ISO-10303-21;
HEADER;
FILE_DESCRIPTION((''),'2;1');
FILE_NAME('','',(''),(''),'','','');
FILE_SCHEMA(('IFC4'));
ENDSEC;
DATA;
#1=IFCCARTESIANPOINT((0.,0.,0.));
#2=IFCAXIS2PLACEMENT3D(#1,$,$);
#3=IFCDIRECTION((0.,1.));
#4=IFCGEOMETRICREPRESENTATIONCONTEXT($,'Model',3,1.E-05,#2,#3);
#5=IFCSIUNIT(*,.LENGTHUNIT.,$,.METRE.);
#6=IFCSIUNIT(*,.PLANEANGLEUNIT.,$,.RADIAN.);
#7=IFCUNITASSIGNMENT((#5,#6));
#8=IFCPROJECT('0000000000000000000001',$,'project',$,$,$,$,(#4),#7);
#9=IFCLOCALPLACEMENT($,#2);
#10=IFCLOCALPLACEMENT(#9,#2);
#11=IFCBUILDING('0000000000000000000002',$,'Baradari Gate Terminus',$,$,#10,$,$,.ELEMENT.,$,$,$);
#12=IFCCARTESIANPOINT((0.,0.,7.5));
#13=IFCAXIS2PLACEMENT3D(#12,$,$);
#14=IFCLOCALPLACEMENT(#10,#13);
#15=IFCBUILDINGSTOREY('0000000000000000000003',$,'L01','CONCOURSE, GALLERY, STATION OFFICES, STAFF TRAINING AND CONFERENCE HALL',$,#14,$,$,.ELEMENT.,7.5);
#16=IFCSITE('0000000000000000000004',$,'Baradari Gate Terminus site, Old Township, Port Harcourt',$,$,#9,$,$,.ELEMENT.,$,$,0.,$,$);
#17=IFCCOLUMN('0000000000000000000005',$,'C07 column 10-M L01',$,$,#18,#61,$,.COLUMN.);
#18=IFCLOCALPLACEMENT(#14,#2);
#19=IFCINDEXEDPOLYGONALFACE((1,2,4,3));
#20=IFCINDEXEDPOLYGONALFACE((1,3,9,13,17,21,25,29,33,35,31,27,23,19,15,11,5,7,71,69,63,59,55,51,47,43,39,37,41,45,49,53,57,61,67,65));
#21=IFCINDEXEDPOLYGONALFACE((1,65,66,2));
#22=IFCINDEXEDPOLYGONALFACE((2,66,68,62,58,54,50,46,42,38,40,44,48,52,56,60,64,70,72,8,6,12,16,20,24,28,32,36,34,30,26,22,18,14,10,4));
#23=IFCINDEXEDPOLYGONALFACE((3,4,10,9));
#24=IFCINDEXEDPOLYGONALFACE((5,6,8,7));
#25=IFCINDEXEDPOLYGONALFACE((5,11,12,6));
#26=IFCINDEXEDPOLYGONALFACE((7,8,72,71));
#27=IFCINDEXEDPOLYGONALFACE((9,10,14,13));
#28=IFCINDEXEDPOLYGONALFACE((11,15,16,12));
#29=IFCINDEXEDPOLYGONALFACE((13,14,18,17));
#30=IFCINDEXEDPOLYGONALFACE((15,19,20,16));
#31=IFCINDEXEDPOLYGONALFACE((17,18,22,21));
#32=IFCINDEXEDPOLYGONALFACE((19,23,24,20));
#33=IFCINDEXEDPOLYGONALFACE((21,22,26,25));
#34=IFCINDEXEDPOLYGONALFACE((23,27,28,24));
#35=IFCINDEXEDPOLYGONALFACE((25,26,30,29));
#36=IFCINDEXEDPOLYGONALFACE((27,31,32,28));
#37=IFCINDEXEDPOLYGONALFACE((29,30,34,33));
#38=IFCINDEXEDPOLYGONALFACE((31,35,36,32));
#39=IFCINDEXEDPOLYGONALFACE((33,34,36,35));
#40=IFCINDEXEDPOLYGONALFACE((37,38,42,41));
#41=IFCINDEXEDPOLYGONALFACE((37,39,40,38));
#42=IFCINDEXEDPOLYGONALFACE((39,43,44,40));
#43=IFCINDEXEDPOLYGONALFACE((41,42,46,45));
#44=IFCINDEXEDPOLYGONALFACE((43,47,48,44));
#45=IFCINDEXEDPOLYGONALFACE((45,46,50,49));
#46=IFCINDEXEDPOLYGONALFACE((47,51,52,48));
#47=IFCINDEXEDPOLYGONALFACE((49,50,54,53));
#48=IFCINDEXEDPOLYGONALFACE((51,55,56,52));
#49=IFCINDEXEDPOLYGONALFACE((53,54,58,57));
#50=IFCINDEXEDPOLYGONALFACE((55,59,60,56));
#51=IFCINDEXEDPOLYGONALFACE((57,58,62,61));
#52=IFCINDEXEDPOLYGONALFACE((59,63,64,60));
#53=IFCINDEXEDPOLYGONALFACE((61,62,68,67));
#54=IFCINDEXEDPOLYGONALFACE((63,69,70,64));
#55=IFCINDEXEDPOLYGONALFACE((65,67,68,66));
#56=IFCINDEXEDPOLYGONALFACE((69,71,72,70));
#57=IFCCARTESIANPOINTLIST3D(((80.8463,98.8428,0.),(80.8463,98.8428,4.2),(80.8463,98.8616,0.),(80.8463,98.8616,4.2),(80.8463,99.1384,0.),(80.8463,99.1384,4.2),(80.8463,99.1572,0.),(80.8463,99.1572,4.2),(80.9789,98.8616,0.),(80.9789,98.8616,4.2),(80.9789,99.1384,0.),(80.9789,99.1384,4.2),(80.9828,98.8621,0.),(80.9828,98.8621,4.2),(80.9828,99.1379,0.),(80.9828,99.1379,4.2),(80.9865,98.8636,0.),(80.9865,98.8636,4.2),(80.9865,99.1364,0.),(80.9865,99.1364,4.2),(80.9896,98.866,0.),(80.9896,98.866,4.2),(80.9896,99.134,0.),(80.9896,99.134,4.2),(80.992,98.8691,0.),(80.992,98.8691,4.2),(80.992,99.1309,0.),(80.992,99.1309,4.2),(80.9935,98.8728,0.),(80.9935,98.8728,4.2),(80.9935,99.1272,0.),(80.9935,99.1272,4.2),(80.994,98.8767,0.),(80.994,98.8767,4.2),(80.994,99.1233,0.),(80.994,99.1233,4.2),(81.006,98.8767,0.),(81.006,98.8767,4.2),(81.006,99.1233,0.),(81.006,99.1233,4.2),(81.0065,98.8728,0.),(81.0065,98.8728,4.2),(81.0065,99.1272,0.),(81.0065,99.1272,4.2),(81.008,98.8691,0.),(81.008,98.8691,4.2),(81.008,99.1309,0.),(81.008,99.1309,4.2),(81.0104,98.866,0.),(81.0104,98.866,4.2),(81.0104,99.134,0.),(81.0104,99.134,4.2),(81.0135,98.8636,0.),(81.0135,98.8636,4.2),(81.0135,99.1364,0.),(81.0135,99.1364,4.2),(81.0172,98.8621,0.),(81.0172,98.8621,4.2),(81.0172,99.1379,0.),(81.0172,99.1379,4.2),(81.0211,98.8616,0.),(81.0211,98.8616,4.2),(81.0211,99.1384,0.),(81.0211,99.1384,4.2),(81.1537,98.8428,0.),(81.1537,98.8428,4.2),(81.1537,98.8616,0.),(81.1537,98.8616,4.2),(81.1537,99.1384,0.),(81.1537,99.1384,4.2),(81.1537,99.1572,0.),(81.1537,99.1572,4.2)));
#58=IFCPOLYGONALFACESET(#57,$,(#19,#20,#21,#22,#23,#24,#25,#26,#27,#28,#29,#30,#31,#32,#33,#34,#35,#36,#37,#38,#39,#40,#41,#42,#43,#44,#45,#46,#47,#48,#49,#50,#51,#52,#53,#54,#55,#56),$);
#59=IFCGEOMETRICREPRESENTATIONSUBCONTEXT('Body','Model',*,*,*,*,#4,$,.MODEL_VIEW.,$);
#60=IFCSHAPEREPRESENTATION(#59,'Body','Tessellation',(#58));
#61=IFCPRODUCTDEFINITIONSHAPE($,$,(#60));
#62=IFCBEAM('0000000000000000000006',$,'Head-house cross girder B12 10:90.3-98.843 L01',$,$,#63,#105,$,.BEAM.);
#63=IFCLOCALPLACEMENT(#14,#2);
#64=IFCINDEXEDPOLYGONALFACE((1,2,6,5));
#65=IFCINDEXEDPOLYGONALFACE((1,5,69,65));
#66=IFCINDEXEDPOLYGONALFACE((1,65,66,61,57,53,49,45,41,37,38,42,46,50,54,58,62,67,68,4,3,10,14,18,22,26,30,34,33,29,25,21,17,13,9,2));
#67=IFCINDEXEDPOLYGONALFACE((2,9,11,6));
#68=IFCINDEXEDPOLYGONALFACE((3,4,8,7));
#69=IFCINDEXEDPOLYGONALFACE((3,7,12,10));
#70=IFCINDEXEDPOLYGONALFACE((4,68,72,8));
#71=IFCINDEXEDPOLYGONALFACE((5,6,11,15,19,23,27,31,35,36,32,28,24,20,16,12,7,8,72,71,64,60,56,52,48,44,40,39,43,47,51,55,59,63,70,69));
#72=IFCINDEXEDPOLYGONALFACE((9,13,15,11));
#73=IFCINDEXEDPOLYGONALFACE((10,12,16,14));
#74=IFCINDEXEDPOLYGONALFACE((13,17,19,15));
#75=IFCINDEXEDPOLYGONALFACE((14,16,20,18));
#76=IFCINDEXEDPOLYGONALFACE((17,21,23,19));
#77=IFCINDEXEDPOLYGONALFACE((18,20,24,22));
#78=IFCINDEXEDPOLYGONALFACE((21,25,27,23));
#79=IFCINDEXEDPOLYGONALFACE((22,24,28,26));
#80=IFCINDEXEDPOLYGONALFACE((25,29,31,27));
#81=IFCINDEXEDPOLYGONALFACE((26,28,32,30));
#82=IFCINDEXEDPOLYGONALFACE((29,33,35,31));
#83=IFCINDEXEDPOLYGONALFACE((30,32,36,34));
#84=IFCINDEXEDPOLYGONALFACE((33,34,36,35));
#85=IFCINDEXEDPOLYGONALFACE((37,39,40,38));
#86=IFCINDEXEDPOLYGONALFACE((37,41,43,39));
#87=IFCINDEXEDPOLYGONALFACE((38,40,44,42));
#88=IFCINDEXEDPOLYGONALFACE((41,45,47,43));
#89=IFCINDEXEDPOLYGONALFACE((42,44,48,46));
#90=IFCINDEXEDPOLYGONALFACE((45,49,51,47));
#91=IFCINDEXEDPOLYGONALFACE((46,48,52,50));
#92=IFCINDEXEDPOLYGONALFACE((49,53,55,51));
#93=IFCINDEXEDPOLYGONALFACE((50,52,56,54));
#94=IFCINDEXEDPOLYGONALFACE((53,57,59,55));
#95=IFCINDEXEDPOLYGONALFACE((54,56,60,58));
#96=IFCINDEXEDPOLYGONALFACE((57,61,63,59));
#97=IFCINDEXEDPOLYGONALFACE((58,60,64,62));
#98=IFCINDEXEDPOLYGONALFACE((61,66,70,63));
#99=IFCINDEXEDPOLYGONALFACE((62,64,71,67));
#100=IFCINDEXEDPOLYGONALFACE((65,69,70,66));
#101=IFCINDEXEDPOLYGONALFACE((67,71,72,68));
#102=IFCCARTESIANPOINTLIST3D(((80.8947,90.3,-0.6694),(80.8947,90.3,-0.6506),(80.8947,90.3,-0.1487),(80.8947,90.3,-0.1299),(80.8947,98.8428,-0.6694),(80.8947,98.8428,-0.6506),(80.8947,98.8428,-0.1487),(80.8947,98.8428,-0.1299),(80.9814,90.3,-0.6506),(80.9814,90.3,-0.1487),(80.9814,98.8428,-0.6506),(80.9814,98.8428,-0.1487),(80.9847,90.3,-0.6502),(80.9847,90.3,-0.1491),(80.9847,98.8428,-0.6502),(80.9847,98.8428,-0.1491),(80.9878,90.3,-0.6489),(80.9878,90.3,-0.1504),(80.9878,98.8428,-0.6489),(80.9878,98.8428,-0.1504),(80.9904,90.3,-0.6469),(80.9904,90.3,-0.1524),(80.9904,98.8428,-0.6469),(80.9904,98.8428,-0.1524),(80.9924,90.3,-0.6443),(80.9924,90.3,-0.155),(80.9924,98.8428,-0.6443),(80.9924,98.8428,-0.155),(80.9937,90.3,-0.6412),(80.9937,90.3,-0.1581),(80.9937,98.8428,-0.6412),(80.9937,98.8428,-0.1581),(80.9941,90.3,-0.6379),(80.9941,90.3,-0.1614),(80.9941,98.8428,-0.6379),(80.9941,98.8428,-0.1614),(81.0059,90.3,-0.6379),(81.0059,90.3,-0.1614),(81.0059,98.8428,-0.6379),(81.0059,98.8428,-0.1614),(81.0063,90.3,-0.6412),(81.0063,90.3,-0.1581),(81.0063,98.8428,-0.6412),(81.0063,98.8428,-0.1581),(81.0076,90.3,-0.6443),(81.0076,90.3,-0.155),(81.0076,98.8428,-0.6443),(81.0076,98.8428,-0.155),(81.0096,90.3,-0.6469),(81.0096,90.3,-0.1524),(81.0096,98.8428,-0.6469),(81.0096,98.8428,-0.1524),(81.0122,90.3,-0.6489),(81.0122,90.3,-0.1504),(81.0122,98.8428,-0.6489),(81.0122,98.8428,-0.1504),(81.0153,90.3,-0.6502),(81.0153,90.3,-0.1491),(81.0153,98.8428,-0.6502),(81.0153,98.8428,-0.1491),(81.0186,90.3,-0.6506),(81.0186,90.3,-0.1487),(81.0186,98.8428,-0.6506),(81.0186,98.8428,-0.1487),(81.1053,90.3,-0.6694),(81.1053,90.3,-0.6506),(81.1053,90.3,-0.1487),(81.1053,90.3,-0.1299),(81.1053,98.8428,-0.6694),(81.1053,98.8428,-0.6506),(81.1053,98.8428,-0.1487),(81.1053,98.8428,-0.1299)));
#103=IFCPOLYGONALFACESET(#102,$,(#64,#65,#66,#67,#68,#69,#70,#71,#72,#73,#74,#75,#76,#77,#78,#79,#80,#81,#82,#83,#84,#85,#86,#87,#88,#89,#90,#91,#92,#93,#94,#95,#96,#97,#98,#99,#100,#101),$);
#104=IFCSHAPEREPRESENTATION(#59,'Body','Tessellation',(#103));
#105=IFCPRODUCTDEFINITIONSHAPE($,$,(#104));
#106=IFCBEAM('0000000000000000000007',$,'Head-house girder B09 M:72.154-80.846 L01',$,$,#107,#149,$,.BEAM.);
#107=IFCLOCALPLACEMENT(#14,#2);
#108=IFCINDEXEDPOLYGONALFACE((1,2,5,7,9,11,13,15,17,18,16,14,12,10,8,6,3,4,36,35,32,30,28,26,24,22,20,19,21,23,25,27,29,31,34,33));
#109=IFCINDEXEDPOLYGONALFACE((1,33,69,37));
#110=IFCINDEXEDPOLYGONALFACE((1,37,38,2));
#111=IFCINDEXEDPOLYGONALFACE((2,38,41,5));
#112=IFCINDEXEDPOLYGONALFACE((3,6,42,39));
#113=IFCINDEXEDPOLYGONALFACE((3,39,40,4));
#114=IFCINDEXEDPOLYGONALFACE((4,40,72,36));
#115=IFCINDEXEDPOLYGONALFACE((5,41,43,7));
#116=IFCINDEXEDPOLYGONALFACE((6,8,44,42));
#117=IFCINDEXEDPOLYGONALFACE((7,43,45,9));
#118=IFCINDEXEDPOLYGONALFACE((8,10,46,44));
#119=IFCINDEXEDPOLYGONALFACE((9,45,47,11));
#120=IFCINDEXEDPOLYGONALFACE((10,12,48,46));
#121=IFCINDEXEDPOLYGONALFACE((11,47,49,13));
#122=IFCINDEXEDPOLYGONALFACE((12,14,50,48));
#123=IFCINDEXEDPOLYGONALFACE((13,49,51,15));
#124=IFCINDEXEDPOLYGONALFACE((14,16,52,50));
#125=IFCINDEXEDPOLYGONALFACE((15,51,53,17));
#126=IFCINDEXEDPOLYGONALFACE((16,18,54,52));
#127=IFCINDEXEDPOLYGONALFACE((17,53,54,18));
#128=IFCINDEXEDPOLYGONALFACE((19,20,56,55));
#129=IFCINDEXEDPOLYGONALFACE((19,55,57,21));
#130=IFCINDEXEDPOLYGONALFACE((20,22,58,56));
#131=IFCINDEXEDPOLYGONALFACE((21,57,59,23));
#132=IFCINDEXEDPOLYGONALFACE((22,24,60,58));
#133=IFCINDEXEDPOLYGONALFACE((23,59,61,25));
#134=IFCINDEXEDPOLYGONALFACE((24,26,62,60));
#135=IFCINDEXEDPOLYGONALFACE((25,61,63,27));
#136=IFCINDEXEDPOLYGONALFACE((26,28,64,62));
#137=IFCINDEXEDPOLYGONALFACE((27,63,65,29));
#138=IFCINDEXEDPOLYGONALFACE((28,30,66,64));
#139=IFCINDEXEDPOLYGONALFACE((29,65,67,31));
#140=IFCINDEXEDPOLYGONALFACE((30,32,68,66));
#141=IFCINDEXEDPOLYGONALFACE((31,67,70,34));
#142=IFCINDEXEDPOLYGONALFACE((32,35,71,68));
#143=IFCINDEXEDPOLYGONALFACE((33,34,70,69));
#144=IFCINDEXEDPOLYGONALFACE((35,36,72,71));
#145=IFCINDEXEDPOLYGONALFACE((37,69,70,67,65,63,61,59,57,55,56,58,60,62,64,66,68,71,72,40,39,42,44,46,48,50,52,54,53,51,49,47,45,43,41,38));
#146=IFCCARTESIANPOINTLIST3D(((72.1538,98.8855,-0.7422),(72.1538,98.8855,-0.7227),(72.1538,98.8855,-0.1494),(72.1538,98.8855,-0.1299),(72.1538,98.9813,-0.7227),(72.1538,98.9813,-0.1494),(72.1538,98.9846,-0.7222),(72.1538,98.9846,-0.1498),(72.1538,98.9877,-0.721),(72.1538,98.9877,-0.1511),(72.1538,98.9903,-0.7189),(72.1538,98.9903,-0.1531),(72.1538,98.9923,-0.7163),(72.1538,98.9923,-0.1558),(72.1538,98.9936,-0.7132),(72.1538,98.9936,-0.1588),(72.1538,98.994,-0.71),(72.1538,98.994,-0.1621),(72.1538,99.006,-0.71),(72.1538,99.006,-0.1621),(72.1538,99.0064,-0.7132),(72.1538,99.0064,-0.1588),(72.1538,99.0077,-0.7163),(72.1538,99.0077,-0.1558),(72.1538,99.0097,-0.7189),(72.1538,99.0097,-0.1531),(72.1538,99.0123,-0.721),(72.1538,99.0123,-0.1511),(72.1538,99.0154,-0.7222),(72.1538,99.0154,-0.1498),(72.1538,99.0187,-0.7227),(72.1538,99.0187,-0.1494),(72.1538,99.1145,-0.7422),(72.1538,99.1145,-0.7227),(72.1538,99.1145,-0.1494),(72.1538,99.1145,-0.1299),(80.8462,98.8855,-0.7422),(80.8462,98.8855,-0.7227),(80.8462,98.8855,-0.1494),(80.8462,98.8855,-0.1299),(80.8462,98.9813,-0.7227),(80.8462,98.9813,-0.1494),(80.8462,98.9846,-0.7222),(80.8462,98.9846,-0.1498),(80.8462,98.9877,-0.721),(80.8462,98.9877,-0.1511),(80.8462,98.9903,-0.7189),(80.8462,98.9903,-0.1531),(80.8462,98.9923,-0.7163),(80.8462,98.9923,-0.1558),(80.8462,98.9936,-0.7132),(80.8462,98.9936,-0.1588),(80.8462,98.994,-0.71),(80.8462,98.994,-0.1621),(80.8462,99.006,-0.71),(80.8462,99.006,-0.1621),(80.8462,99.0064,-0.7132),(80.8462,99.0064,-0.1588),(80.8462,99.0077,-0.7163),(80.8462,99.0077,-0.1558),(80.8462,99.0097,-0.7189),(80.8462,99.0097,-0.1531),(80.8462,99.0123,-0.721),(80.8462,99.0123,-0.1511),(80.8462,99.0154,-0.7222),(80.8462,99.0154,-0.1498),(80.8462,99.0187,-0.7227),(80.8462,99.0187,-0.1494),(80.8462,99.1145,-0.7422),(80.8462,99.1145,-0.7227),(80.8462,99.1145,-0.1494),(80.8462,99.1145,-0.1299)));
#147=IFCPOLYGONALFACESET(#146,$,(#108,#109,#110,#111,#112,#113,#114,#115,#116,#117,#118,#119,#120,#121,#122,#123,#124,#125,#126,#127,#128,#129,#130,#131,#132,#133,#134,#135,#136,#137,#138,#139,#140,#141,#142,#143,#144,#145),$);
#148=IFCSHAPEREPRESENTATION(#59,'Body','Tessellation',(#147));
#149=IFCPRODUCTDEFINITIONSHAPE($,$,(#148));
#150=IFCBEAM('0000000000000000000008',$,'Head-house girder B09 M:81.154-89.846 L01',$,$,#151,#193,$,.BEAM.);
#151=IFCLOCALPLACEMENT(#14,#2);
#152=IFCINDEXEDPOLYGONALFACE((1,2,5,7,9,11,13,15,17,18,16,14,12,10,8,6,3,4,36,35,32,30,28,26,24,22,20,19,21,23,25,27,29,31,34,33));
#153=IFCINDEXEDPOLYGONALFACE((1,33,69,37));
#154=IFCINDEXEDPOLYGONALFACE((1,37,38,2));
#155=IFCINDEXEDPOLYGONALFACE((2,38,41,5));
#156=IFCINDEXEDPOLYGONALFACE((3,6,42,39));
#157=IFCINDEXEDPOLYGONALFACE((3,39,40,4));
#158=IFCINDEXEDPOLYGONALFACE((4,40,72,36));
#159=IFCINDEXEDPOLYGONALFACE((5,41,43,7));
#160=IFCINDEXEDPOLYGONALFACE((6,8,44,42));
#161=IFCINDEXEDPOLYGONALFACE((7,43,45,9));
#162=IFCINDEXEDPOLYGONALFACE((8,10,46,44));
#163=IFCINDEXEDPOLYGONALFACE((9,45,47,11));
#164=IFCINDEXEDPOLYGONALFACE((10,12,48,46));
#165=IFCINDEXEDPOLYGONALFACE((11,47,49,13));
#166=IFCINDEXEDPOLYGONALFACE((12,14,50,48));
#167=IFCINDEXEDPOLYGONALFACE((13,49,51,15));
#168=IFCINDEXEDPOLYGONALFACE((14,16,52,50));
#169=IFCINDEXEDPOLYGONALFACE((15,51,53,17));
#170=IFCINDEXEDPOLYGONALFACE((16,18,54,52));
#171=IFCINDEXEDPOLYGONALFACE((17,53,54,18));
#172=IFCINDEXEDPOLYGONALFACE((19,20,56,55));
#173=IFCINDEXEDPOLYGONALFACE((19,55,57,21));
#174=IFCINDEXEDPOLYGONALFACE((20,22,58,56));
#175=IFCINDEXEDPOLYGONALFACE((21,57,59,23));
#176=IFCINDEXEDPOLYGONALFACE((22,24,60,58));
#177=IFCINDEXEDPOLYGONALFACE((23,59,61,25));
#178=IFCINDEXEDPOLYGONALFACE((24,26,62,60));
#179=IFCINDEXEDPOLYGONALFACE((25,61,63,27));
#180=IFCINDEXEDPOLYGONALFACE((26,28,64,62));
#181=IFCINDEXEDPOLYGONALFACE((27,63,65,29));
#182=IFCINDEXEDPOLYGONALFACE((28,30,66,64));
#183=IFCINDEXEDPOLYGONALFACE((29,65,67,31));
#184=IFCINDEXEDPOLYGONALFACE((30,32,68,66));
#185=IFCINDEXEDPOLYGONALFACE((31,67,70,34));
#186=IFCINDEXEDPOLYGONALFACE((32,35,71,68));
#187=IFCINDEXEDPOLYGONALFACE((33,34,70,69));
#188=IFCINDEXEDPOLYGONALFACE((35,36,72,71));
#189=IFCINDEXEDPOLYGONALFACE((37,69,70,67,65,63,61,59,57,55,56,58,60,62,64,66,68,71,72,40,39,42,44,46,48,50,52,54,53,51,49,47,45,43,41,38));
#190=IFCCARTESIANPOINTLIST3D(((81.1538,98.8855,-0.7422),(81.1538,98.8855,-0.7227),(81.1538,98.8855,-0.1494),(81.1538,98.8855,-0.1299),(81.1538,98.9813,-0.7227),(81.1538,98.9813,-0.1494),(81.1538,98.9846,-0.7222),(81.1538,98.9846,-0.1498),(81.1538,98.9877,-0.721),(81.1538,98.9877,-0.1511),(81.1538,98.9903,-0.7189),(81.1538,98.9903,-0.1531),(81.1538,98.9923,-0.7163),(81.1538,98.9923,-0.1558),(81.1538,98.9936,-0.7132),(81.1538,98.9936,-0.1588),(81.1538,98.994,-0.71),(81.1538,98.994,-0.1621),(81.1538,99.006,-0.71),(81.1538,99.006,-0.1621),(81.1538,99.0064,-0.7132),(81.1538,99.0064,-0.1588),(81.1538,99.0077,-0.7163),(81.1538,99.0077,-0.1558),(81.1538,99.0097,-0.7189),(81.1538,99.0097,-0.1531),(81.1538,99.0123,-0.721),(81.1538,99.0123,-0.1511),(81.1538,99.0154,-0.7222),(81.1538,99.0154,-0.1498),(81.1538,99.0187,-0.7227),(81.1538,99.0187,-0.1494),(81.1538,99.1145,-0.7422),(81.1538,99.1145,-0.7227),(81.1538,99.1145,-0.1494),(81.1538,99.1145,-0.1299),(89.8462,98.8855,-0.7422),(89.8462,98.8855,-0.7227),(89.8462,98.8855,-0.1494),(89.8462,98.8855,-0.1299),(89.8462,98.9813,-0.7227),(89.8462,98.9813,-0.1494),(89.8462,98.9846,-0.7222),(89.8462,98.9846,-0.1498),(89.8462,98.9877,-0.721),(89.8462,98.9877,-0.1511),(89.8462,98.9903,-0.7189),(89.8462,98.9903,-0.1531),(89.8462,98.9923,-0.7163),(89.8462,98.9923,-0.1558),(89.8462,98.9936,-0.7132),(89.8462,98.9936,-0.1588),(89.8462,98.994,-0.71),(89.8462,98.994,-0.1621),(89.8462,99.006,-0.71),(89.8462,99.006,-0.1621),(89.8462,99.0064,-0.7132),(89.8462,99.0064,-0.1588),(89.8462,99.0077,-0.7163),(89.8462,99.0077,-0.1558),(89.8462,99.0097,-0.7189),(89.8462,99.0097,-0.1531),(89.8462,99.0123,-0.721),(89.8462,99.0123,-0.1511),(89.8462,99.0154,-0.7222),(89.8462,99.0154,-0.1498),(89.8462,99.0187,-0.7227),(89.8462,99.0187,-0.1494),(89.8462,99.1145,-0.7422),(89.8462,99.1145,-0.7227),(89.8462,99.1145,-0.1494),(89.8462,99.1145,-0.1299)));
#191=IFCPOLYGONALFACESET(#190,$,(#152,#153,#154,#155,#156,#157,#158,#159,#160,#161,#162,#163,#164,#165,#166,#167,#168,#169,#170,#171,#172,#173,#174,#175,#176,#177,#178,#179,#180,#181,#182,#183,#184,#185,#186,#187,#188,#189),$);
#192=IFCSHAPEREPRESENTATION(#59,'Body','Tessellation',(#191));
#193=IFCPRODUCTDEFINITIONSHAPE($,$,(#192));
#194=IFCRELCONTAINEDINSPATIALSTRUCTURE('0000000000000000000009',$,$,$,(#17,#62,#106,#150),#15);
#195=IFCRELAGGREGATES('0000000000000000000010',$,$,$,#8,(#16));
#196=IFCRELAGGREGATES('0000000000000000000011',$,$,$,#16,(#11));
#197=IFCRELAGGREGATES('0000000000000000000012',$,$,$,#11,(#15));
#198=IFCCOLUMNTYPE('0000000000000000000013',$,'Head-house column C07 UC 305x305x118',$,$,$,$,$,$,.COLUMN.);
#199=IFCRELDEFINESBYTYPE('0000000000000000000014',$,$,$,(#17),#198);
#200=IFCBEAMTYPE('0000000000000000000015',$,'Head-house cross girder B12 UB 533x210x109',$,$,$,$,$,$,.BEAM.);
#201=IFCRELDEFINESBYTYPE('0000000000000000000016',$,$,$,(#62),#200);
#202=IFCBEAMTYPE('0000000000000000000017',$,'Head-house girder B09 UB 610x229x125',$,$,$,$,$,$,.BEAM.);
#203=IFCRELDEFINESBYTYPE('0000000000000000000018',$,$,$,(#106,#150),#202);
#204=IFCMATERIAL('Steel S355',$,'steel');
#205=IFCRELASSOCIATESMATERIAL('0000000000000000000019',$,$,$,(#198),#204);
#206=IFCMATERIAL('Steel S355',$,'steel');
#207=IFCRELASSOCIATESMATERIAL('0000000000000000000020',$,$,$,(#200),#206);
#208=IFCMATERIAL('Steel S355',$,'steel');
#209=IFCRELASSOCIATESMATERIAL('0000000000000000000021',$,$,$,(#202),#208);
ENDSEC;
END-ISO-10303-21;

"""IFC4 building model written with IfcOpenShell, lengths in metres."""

from ifc_helpers import new_model, si_unit, direction, frame, origin, origin_2d, place, context, subcontext, project, spatial, i_section, extrude, material, material_profile, profile_set, type_object, element, save


model = new_model("IFC4")

# Units and contexts
model_context = context("Model", 3, precision=1e-05, world=origin(), true_north=direction((0.0, 1.0)))
body_context = subcontext(model_context, "Body", "Model", "MODEL_VIEW")
ifc_project = project(units=[si_unit("LENGTHUNIT", "METRE"), si_unit("PLANEANGLEUNIT", "RADIAN")], contexts=[model_context])

# Site, building, storey
site_placement = place(None, origin())
site = spatial("IfcSite", under=ifc_project, at=site_placement, Name="Baradari Gate Terminus site, Old Township, Port Harcourt", CompositionType="ELEMENT", RefElevation=0.0)
building_placement = place(site_placement, origin())
building = spatial("IfcBuilding", under=site, at=building_placement, Name="Baradari Gate Terminus", CompositionType="ELEMENT")
storey_placement = place(building_placement, frame((0.0, 0.0, 7.5)))
storey = spatial("IfcBuildingStorey", under=building, at=storey_placement, Name="L01", Description="CONCOURSE, GALLERY, STATION OFFICES, STAFF TRAINING AND CONFERENCE HALL", CompositionType="ELEMENT", Elevation=7.5)

# Column
ifc_material_1 = material(Name="Steel S355", Category="steel")
ifc_material_profile_1 = material_profile(ifc_material_1, i_section(OverallWidth=0.3074, OverallDepth=0.3145, WebThickness=0.012, FlangeThickness=0.0188, FilletRadius=0.0151, at=origin_2d()), Name="UC 305x305x118")
ifc_profile_set_1 = profile_set([ifc_material_profile_1], Name="Steel S355")
column_type = type_object("IfcColumnType", Name="Head-house column C07 UC 305x305x118", PredefinedType="COLUMN", material=ifc_profile_set_1)
column_placement = place(storey_placement, frame((81.0, 99.0, 0.0), z_axis=(0.0, 0.0, 1.0), x_axis=(1.0, 0.0, 0.0)))
element("IfcColumn", 1, at=column_placement, inside=storey, type_object=column_type, Name="C07 column 10-M L01", PredefinedType="COLUMN", context=body_context, shape_type="SweptSolid", body=[
    extrude(i_section(OverallWidth=0.3074, OverallDepth=0.3145, WebThickness=0.012, FlangeThickness=0.0188, FilletRadius=0.0151, at=origin_2d()), origin(), (0.0, 0.0, 1.0), 4.2),
])

# Beams
ifc_material_2 = material(Name="Steel S355", Category="steel")
ifc_material_profile_2 = material_profile(ifc_material_2, i_section(OverallWidth=0.2107, OverallDepth=0.5396, WebThickness=0.0117, FlangeThickness=0.0188, FilletRadius=0.0127, at=origin_2d()), Name="UB 533x210x109")
ifc_profile_set_2 = profile_set([ifc_material_profile_2], Name="Steel S355")
beam_type_1 = type_object("IfcBeamType", Name="Head-house cross girder B12 UB 533x210x109", PredefinedType="BEAM", material=ifc_profile_set_2)
beam_1_placement = place(storey_placement, frame((81.0, 90.3, -0.3997), z_axis=(0.0, 1.0, 0.0), x_axis=(-1.0, 0.0, 0.0)))
element("IfcBeam", 2, at=beam_1_placement, inside=storey, type_object=beam_type_1, Name="Head-house cross girder B12 10:90.3-98.843 L01", PredefinedType="BEAM", context=body_context, shape_type="SweptSolid", body=[
    extrude(i_section(OverallWidth=0.2107, OverallDepth=0.5396, WebThickness=0.0117, FlangeThickness=0.0188, FilletRadius=0.0127, at=origin_2d()), origin(), (0.0, 0.0, 1.0), 8.5427),
])
ifc_material_3 = material(Name="Steel S355", Category="steel")
ifc_material_profile_3 = material_profile(ifc_material_3, i_section(OverallWidth=0.229, OverallDepth=0.6123, WebThickness=0.012, FlangeThickness=0.0195, FilletRadius=0.0127, at=origin_2d()), Name="UB 610x229x125")
ifc_profile_set_3 = profile_set([ifc_material_profile_3], Name="Steel S355")
beam_type_2 = type_object("IfcBeamType", Name="Head-house girder B09 UB 610x229x125", PredefinedType="BEAM", material=ifc_profile_set_3)
for number, where, z_axis, x_axis, name in (
    (3, (72.1538, 99.0, -0.436), (1.0, 0.0, 0.0), (0.0, 1.0, 0.0), "Head-house girder B09 M:72.154-80.846 L01"),
    (4, (81.1538, 99.0, -0.436), (1.0, 0.0, 0.0), (0.0, 1.0, 0.0), "Head-house girder B09 M:81.154-89.846 L01"),
):
    element("IfcBeam", number, at=place(storey_placement, frame(where, z_axis=z_axis, x_axis=x_axis)), inside=storey, type_object=beam_type_2, Name=name, PredefinedType="BEAM", context=body_context, shape_type="SweptSolid", body=[
        extrude(i_section(OverallWidth=0.229, OverallDepth=0.6123, WebThickness=0.012, FlangeThickness=0.0195, FilletRadius=0.0127, at=origin_2d()), origin(), (0.0, 0.0, 1.0), 8.6924),
    ])

save(model, "model.ifc")
